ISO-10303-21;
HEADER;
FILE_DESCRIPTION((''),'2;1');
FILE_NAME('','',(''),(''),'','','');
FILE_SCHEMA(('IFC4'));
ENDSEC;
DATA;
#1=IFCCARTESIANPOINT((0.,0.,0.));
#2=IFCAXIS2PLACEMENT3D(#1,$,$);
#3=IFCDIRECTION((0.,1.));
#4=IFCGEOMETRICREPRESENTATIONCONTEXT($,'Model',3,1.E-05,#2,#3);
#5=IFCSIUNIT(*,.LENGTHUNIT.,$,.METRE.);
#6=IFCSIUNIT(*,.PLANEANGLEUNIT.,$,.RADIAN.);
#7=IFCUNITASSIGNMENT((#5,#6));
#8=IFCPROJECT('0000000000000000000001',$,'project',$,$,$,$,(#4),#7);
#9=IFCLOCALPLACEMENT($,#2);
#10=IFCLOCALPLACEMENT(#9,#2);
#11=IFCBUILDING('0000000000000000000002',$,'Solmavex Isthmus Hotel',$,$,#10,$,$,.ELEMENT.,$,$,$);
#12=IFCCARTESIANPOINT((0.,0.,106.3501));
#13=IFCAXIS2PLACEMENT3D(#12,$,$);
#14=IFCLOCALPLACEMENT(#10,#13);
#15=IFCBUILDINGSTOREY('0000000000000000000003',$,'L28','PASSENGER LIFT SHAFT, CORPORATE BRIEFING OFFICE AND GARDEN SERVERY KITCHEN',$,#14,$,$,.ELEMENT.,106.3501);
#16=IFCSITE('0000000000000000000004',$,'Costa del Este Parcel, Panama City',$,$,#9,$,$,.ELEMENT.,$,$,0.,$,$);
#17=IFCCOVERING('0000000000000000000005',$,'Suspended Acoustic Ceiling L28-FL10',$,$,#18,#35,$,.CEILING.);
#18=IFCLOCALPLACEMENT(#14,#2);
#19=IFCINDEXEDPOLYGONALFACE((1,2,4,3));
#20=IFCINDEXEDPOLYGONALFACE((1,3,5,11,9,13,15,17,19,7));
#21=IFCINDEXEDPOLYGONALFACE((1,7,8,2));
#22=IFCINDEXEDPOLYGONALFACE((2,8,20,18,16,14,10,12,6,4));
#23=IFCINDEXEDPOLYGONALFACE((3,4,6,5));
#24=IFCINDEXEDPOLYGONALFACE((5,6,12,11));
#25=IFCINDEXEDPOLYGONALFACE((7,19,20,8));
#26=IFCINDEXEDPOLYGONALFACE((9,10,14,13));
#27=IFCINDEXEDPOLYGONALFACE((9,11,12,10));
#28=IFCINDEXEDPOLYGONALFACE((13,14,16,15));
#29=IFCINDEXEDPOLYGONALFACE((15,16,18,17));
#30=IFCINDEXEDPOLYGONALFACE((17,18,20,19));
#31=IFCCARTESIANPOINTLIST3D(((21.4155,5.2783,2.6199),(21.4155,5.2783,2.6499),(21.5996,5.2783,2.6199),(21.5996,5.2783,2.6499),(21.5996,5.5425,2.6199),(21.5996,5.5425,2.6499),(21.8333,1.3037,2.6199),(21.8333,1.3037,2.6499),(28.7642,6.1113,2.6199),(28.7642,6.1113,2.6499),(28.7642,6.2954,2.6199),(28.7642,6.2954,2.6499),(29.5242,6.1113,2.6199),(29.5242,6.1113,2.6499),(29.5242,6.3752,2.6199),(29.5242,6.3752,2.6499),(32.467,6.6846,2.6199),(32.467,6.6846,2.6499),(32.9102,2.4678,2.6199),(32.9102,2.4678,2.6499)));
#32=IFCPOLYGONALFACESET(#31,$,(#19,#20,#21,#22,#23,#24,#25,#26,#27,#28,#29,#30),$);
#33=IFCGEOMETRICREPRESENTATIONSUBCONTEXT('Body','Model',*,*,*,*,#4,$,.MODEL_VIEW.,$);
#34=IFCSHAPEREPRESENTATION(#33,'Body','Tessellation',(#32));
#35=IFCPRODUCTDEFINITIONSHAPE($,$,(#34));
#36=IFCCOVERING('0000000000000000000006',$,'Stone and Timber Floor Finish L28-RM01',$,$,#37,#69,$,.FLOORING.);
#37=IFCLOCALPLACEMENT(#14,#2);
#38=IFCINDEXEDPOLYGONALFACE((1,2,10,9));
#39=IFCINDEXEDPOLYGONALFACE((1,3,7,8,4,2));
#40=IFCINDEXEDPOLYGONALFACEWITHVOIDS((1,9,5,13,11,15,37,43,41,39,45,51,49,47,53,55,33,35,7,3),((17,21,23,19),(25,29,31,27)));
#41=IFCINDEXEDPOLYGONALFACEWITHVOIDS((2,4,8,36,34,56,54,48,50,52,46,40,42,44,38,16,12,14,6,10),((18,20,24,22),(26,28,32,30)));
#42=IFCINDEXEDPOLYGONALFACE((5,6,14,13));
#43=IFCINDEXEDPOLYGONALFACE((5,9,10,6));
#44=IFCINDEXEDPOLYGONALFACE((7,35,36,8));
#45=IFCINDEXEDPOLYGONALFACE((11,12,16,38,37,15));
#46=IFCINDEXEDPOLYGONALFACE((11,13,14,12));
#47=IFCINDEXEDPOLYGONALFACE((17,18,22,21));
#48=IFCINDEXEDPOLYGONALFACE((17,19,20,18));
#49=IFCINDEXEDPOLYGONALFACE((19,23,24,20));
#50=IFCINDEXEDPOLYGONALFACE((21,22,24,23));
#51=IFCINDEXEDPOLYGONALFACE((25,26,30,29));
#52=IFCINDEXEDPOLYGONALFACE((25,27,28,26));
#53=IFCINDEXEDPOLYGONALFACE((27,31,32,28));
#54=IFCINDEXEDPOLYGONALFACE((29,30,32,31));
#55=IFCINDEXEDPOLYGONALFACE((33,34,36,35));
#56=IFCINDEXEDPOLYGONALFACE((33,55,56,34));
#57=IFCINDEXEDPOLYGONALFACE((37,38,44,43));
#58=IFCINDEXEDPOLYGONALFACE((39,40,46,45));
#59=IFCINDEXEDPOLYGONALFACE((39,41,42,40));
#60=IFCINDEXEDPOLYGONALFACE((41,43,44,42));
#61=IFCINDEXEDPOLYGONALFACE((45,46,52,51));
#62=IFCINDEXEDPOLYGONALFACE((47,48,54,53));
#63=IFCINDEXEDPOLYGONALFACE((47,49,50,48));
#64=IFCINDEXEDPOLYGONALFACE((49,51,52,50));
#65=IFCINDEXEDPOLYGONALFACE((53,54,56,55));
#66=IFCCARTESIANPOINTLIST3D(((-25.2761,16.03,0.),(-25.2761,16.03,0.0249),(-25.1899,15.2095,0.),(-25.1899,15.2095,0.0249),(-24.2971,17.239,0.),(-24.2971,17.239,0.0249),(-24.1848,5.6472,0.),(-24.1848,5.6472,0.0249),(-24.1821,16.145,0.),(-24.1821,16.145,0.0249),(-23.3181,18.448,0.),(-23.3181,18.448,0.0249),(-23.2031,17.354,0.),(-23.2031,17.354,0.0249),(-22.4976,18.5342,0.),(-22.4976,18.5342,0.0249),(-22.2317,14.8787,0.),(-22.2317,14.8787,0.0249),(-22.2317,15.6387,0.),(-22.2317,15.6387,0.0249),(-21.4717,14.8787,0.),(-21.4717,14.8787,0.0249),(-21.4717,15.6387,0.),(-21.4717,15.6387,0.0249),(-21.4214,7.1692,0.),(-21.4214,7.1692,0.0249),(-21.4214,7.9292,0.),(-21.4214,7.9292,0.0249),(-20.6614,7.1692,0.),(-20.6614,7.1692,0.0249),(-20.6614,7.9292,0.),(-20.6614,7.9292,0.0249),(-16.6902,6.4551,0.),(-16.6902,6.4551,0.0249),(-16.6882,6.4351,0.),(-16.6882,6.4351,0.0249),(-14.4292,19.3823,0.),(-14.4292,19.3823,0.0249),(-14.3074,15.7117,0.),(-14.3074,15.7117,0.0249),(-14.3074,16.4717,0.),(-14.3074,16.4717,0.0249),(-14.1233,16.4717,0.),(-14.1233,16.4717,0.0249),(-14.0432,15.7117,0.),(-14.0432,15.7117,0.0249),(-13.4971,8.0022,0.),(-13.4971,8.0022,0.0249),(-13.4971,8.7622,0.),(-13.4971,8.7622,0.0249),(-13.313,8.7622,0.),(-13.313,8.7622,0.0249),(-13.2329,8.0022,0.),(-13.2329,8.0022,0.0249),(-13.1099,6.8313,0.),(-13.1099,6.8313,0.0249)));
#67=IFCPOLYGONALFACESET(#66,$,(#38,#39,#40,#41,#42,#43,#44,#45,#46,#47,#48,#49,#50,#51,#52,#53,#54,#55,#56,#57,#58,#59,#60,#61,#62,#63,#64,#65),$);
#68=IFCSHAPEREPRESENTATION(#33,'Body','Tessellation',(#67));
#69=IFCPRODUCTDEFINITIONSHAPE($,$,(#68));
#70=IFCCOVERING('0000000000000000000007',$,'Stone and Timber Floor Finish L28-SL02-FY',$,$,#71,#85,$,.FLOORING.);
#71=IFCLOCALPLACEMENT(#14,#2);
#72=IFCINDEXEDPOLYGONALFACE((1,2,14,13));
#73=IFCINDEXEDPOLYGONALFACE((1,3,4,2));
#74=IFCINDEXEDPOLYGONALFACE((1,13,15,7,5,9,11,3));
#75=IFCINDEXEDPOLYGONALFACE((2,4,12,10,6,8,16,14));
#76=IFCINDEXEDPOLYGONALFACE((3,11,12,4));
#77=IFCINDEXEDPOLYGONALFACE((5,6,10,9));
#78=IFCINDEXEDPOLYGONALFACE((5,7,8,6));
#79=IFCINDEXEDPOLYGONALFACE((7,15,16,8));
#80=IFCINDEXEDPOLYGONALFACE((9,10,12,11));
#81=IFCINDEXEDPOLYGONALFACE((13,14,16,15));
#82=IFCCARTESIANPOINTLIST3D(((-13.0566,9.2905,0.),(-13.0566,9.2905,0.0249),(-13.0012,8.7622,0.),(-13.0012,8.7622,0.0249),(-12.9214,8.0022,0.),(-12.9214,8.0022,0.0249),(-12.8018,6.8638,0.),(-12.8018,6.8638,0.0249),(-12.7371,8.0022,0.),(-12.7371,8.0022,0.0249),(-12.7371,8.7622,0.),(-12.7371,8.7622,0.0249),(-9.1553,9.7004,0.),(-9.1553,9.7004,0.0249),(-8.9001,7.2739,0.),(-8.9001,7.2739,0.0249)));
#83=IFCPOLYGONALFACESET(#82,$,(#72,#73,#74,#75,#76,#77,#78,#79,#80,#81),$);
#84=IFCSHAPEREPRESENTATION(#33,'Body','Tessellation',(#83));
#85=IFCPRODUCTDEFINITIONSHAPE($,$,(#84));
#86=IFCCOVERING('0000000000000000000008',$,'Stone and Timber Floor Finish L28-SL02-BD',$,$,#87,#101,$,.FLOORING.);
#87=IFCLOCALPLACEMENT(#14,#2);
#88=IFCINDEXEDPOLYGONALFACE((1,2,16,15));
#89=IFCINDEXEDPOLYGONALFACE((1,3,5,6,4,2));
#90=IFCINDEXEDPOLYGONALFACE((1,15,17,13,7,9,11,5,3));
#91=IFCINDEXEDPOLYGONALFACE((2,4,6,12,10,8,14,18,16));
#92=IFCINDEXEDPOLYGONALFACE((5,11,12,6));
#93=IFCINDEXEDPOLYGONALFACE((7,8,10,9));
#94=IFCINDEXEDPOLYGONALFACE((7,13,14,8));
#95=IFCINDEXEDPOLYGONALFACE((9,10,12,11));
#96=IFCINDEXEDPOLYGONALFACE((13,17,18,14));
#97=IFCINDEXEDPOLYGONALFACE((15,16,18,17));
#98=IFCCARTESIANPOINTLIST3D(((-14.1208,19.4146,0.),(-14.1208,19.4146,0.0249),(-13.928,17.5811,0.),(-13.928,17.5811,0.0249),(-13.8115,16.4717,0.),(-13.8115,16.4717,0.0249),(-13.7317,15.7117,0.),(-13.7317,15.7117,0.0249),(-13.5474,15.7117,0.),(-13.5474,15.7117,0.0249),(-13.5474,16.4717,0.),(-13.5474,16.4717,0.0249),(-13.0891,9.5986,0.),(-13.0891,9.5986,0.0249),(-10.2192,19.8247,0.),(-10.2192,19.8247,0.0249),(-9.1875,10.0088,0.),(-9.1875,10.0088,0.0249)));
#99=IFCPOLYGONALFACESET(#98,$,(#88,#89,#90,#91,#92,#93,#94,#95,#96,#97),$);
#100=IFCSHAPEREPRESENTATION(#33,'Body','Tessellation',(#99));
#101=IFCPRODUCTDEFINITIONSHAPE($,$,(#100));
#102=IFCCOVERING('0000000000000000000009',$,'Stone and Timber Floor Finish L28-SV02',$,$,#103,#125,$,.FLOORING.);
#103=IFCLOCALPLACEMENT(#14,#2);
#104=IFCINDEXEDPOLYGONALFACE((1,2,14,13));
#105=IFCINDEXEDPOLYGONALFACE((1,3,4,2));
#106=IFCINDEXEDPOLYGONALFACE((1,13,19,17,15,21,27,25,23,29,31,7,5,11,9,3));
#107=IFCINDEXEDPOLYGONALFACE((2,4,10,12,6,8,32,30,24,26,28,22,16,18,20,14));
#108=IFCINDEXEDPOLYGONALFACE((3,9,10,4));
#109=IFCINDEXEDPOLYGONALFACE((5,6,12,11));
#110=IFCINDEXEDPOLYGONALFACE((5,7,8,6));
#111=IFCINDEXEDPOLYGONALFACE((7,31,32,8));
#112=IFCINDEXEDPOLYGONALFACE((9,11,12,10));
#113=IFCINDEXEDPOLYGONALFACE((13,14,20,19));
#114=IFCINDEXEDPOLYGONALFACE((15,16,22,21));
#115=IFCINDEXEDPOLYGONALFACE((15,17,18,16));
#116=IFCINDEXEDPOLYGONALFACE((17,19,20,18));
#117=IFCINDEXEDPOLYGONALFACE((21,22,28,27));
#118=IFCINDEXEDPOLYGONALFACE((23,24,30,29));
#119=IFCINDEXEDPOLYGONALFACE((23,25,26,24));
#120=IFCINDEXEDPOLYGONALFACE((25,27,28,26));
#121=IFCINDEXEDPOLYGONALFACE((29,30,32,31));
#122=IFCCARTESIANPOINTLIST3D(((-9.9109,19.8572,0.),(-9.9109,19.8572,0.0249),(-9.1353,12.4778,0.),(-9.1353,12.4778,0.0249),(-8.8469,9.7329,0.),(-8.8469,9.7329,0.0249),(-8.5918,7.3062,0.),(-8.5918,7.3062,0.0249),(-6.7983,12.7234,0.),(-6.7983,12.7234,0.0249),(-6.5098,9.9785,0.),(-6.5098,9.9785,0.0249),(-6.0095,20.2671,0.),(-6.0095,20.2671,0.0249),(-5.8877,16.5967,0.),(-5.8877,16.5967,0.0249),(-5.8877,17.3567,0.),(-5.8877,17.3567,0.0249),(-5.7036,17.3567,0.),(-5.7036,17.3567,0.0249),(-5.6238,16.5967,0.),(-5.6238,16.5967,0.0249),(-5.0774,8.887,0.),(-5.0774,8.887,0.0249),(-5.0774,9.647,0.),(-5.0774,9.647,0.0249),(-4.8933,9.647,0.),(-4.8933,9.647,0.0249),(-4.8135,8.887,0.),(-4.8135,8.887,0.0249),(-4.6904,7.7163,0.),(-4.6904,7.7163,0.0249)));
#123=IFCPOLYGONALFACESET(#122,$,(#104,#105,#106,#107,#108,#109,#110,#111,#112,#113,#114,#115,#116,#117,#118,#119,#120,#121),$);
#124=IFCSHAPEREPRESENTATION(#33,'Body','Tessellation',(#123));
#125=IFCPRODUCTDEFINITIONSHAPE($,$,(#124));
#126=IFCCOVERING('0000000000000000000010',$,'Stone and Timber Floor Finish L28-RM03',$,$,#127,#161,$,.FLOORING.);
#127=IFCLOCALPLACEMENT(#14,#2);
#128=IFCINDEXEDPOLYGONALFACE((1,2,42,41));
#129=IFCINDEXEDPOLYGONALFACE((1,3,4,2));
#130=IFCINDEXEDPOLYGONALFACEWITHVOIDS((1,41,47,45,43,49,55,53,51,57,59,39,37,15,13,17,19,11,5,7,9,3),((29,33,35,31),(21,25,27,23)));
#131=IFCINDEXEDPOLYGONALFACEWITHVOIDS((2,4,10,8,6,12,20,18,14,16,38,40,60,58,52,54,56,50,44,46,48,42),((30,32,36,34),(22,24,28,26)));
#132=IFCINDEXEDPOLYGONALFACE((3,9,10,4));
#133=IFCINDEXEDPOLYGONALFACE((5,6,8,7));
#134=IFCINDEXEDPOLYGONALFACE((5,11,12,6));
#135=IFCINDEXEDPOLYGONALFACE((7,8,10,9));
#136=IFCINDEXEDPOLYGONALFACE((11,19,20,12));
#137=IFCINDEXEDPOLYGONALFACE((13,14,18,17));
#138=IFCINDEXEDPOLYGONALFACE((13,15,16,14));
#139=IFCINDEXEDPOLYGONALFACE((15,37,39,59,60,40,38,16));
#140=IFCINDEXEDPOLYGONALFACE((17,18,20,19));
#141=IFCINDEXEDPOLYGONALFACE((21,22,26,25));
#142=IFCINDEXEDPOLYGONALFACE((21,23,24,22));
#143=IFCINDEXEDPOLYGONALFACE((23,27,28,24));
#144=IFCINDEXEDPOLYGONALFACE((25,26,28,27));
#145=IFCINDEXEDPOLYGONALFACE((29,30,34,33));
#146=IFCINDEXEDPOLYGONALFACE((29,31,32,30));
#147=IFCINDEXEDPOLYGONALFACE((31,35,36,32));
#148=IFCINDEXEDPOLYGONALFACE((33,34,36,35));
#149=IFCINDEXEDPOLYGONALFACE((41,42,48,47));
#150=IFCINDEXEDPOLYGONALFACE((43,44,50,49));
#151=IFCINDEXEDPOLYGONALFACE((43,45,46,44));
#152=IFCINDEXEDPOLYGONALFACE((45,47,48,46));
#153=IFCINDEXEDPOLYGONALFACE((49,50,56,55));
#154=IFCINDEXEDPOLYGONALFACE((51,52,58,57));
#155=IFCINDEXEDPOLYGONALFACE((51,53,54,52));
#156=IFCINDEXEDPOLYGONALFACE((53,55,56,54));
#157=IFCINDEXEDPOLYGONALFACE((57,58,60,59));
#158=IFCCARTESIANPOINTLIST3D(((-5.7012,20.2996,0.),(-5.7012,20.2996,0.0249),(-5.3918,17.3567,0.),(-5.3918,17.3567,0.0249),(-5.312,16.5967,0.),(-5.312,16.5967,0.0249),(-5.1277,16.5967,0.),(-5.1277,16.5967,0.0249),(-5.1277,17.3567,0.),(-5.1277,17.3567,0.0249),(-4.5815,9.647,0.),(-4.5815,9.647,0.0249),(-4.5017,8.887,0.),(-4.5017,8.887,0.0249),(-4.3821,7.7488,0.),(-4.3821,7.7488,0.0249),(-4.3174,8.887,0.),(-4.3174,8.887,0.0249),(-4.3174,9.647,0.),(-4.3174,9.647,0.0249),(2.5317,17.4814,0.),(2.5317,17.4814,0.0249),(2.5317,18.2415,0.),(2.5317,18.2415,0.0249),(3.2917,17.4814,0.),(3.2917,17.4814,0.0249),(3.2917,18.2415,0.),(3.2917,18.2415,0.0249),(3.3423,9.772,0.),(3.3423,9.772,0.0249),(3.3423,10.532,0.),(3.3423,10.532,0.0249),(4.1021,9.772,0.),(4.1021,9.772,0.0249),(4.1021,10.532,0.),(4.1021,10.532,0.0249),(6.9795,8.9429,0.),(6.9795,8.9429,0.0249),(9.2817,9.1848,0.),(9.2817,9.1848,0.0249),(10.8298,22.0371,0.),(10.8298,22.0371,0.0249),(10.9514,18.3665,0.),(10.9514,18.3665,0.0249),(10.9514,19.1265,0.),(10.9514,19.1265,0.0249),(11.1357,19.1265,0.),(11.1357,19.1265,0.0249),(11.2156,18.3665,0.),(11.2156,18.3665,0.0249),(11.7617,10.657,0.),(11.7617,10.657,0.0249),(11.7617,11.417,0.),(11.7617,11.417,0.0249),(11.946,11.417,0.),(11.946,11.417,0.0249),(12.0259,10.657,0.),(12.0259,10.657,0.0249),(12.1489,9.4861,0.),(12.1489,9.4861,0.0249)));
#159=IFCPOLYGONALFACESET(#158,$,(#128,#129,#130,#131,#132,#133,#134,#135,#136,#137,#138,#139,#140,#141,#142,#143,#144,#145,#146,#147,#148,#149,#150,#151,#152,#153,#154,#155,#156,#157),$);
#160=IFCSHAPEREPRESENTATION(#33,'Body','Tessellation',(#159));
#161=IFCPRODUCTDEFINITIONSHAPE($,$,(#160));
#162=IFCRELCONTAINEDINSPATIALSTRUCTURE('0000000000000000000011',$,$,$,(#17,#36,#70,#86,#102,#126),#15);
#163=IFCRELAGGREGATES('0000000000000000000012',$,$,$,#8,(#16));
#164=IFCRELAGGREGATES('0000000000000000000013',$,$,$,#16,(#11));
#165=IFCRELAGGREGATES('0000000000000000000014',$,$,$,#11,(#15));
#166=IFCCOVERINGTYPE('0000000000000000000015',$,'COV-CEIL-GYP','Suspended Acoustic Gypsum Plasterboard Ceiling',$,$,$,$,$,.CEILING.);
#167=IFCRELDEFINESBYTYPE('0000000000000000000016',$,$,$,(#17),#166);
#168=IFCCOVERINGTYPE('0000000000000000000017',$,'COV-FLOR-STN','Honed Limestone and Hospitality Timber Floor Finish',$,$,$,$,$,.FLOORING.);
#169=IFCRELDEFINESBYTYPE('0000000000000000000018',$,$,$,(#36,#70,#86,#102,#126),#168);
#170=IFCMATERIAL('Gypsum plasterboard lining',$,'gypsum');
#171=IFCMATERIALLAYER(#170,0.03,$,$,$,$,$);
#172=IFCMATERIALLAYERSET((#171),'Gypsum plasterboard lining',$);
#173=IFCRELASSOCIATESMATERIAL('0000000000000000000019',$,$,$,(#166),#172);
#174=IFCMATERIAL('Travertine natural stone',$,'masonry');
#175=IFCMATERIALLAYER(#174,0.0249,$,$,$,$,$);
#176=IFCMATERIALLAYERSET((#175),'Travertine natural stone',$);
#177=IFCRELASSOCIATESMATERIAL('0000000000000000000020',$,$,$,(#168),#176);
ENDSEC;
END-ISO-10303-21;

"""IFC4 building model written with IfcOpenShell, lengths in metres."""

from ifc_helpers import new_model, si_unit, direction, frame, origin, place, context, subcontext, project, spatial, polyline, outline, extrude, material, layer, layer_set, type_object, element, save


model = new_model("IFC4")

# Units and contexts
model_context = context("Model", 3, precision=1e-05, world=origin(), true_north=direction((0.0, 1.0)))
body_context = subcontext(model_context, "Body", "Model", "MODEL_VIEW")
ifc_project = project(units=[si_unit("LENGTHUNIT", "METRE"), si_unit("PLANEANGLEUNIT", "RADIAN")], contexts=[model_context])

# Site, building, storey
site_placement = place(None, origin())
site = spatial("IfcSite", under=ifc_project, at=site_placement, Name="Costa del Este Parcel, Panama City", CompositionType="ELEMENT", RefElevation=0.0)
building_placement = place(site_placement, origin())
building = spatial("IfcBuilding", under=site, at=building_placement, Name="Solmavex Isthmus Hotel", CompositionType="ELEMENT")
storey_placement = place(building_placement, frame((0.0, 0.0, 106.3501)))
storey = spatial("IfcBuildingStorey", under=building, at=storey_placement, Name="L28", Description="PASSENGER LIFT SHAFT, CORPORATE BRIEFING OFFICE AND GARDEN SERVERY KITCHEN", CompositionType="ELEMENT", Elevation=106.3501)

# Coverings
ifc_material_1 = material(Name="Gypsum plasterboard lining", Category="gypsum")
ifc_layer_1 = layer(ifc_material_1, 0.03)
ifc_layer_set_1 = layer_set([ifc_layer_1], Name="Gypsum plasterboard lining")
covering_type_1 = type_object("IfcCoveringType", Name="COV-CEIL-GYP", Description="Suspended Acoustic Gypsum Plasterboard Ceiling", PredefinedType="CEILING", material=ifc_layer_set_1)
covering_1_placement = place(storey_placement, frame((0.0, 0.0, 2.6199)))
element("IfcCovering", 1, at=covering_1_placement, inside=storey, type_object=covering_type_1, Name="Suspended Acoustic Ceiling L28-FL10", PredefinedType="CEILING", context=body_context, shape_type="SweptSolid", body=[
    extrude(outline(polyline([(21.5996, 5.5425), (21.5996, 5.2783), (21.4155, 5.2783), (21.8333, 1.3037), (32.9102, 2.4678), (32.467, 6.6846), (29.5242, 6.3752), (29.5242, 6.1113), (28.7642, 6.1113), (28.7642, 6.2954), (21.5996, 5.5425)])), origin(), (0.0, 0.0, 1.0), 0.03),
])
ifc_material_2 = material(Name="Travertine natural stone", Category="masonry")
ifc_layer_2 = layer(ifc_material_2, 0.0249)
ifc_layer_set_2 = layer_set([ifc_layer_2], Name="Travertine natural stone")
covering_type_2 = type_object("IfcCoveringType", Name="COV-FLOR-STN", Description="Honed Limestone and Hospitality Timber Floor Finish", PredefinedType="FLOORING", material=ifc_layer_set_2)
covering_2_placement = place(storey_placement, origin())
element("IfcCovering", 2, at=covering_2_placement, inside=storey, type_object=covering_type_2, Name="Stone and Timber Floor Finish L28-RM01", PredefinedType="FLOORING", context=body_context, shape_type="SweptSolid", body=[
    extrude(outline(polyline([(-16.6882, 6.4351), (-16.6902, 6.4551), (-13.1099, 6.8313), (-13.2329, 8.0022), (-13.4971, 8.0022), (-13.4971, 8.7622), (-13.313, 8.7622), (-14.0432, 15.7117), (-14.3074, 15.7117), (-14.3074, 16.4717), (-14.1233, 16.4717), (-14.4292, 19.3823), (-22.4976, 18.5342), (-23.3181, 18.448), (-23.2031, 17.354), (-24.2971, 17.239), (-24.1821, 16.145), (-25.2761, 16.03), (-25.1899, 15.2095), (-24.1848, 5.6472), (-16.6882, 6.4351)]), holes=[polyline([(-21.4214, 7.1692), (-21.4214, 7.9292), (-20.6614, 7.9292), (-20.6614, 7.1692), (-21.4214, 7.1692)]), polyline([(-22.2317, 14.8787), (-22.2317, 15.6387), (-21.4717, 15.6387), (-21.4717, 14.8787), (-22.2317, 14.8787)])]), origin(), (0.0, 0.0, 1.0), 0.0249),
])
covering_3_placement = place(storey_placement, origin())
element("IfcCovering", 3, at=covering_3_placement, inside=storey, type_object=covering_type_2, Name="Stone and Timber Floor Finish L28-SL02-FY", PredefinedType="FLOORING", context=body_context, shape_type="SweptSolid", body=[
    extrude(outline(polyline([(-13.0012, 8.7622), (-12.7371, 8.7622), (-12.7371, 8.0022), (-12.9214, 8.0022), (-12.8018, 6.8638), (-8.9001, 7.2739), (-9.1553, 9.7004), (-13.0566, 9.2905), (-13.0012, 8.7622)])), origin(), (0.0, 0.0, 1.0), 0.0249),
])
covering_4_placement = place(storey_placement, origin())
element("IfcCovering", 4, at=covering_4_placement, inside=storey, type_object=covering_type_2, Name="Stone and Timber Floor Finish L28-SL02-BD", PredefinedType="FLOORING", context=body_context, shape_type="SweptSolid", body=[
    extrude(outline(polyline([(-13.8115, 16.4717), (-13.5474, 16.4717), (-13.5474, 15.7117), (-13.7317, 15.7117), (-13.0891, 9.5986), (-9.1875, 10.0088), (-10.2192, 19.8247), (-14.1208, 19.4146), (-13.928, 17.5811), (-13.8115, 16.4717)])), origin(), (0.0, 0.0, 1.0), 0.0249),
])
covering_5_placement = place(storey_placement, origin())
element("IfcCovering", 5, at=covering_5_placement, inside=storey, type_object=covering_type_2, Name="Stone and Timber Floor Finish L28-SV02", PredefinedType="FLOORING", context=body_context, shape_type="SweptSolid", body=[
    extrude(outline(polyline([(-9.1353, 12.4778), (-6.7983, 12.7234), (-6.5098, 9.9785), (-8.8469, 9.7329), (-8.5918, 7.3062), (-4.6904, 7.7163), (-4.8135, 8.887), (-5.0774, 8.887), (-5.0774, 9.647), (-4.8933, 9.647), (-5.6238, 16.5967), (-5.8877, 16.5967), (-5.8877, 17.3567), (-5.7036, 17.3567), (-6.0095, 20.2671), (-9.9109, 19.8572), (-9.1353, 12.4778)])), origin(), (0.0, 0.0, 1.0), 0.0249),
])
covering_6_placement = place(storey_placement, origin())
element("IfcCovering", 6, at=covering_6_placement, inside=storey, type_object=covering_type_2, Name="Stone and Timber Floor Finish L28-RM03", PredefinedType="FLOORING", context=body_context, shape_type="SweptSolid", body=[
    extrude(outline(polyline([(-4.5815, 9.647), (-4.3174, 9.647), (-4.3174, 8.887), (-4.5017, 8.887), (-4.3821, 7.7488), (6.9795, 8.9429), (9.2817, 9.1848), (12.1489, 9.4861), (12.0259, 10.657), (11.7617, 10.657), (11.7617, 11.417), (11.946, 11.417), (11.2156, 18.3665), (10.9514, 18.3665), (10.9514, 19.1265), (11.1357, 19.1265), (10.8298, 22.0371), (-5.7012, 20.2996), (-5.3918, 17.3567), (-5.1277, 17.3567), (-5.1277, 16.5967), (-5.312, 16.5967), (-4.5815, 9.647)]), holes=[polyline([(3.3423, 9.772), (3.3423, 10.532), (4.1021, 10.532), (4.1021, 9.772), (3.3423, 9.772)]), polyline([(2.5317, 17.4814), (2.5317, 18.2415), (3.2917, 18.2415), (3.2917, 17.4814), (2.5317, 17.4814)])]), origin(), (0.0, 0.0, 1.0), 0.0249),
])

save(model, "model.ifc")
